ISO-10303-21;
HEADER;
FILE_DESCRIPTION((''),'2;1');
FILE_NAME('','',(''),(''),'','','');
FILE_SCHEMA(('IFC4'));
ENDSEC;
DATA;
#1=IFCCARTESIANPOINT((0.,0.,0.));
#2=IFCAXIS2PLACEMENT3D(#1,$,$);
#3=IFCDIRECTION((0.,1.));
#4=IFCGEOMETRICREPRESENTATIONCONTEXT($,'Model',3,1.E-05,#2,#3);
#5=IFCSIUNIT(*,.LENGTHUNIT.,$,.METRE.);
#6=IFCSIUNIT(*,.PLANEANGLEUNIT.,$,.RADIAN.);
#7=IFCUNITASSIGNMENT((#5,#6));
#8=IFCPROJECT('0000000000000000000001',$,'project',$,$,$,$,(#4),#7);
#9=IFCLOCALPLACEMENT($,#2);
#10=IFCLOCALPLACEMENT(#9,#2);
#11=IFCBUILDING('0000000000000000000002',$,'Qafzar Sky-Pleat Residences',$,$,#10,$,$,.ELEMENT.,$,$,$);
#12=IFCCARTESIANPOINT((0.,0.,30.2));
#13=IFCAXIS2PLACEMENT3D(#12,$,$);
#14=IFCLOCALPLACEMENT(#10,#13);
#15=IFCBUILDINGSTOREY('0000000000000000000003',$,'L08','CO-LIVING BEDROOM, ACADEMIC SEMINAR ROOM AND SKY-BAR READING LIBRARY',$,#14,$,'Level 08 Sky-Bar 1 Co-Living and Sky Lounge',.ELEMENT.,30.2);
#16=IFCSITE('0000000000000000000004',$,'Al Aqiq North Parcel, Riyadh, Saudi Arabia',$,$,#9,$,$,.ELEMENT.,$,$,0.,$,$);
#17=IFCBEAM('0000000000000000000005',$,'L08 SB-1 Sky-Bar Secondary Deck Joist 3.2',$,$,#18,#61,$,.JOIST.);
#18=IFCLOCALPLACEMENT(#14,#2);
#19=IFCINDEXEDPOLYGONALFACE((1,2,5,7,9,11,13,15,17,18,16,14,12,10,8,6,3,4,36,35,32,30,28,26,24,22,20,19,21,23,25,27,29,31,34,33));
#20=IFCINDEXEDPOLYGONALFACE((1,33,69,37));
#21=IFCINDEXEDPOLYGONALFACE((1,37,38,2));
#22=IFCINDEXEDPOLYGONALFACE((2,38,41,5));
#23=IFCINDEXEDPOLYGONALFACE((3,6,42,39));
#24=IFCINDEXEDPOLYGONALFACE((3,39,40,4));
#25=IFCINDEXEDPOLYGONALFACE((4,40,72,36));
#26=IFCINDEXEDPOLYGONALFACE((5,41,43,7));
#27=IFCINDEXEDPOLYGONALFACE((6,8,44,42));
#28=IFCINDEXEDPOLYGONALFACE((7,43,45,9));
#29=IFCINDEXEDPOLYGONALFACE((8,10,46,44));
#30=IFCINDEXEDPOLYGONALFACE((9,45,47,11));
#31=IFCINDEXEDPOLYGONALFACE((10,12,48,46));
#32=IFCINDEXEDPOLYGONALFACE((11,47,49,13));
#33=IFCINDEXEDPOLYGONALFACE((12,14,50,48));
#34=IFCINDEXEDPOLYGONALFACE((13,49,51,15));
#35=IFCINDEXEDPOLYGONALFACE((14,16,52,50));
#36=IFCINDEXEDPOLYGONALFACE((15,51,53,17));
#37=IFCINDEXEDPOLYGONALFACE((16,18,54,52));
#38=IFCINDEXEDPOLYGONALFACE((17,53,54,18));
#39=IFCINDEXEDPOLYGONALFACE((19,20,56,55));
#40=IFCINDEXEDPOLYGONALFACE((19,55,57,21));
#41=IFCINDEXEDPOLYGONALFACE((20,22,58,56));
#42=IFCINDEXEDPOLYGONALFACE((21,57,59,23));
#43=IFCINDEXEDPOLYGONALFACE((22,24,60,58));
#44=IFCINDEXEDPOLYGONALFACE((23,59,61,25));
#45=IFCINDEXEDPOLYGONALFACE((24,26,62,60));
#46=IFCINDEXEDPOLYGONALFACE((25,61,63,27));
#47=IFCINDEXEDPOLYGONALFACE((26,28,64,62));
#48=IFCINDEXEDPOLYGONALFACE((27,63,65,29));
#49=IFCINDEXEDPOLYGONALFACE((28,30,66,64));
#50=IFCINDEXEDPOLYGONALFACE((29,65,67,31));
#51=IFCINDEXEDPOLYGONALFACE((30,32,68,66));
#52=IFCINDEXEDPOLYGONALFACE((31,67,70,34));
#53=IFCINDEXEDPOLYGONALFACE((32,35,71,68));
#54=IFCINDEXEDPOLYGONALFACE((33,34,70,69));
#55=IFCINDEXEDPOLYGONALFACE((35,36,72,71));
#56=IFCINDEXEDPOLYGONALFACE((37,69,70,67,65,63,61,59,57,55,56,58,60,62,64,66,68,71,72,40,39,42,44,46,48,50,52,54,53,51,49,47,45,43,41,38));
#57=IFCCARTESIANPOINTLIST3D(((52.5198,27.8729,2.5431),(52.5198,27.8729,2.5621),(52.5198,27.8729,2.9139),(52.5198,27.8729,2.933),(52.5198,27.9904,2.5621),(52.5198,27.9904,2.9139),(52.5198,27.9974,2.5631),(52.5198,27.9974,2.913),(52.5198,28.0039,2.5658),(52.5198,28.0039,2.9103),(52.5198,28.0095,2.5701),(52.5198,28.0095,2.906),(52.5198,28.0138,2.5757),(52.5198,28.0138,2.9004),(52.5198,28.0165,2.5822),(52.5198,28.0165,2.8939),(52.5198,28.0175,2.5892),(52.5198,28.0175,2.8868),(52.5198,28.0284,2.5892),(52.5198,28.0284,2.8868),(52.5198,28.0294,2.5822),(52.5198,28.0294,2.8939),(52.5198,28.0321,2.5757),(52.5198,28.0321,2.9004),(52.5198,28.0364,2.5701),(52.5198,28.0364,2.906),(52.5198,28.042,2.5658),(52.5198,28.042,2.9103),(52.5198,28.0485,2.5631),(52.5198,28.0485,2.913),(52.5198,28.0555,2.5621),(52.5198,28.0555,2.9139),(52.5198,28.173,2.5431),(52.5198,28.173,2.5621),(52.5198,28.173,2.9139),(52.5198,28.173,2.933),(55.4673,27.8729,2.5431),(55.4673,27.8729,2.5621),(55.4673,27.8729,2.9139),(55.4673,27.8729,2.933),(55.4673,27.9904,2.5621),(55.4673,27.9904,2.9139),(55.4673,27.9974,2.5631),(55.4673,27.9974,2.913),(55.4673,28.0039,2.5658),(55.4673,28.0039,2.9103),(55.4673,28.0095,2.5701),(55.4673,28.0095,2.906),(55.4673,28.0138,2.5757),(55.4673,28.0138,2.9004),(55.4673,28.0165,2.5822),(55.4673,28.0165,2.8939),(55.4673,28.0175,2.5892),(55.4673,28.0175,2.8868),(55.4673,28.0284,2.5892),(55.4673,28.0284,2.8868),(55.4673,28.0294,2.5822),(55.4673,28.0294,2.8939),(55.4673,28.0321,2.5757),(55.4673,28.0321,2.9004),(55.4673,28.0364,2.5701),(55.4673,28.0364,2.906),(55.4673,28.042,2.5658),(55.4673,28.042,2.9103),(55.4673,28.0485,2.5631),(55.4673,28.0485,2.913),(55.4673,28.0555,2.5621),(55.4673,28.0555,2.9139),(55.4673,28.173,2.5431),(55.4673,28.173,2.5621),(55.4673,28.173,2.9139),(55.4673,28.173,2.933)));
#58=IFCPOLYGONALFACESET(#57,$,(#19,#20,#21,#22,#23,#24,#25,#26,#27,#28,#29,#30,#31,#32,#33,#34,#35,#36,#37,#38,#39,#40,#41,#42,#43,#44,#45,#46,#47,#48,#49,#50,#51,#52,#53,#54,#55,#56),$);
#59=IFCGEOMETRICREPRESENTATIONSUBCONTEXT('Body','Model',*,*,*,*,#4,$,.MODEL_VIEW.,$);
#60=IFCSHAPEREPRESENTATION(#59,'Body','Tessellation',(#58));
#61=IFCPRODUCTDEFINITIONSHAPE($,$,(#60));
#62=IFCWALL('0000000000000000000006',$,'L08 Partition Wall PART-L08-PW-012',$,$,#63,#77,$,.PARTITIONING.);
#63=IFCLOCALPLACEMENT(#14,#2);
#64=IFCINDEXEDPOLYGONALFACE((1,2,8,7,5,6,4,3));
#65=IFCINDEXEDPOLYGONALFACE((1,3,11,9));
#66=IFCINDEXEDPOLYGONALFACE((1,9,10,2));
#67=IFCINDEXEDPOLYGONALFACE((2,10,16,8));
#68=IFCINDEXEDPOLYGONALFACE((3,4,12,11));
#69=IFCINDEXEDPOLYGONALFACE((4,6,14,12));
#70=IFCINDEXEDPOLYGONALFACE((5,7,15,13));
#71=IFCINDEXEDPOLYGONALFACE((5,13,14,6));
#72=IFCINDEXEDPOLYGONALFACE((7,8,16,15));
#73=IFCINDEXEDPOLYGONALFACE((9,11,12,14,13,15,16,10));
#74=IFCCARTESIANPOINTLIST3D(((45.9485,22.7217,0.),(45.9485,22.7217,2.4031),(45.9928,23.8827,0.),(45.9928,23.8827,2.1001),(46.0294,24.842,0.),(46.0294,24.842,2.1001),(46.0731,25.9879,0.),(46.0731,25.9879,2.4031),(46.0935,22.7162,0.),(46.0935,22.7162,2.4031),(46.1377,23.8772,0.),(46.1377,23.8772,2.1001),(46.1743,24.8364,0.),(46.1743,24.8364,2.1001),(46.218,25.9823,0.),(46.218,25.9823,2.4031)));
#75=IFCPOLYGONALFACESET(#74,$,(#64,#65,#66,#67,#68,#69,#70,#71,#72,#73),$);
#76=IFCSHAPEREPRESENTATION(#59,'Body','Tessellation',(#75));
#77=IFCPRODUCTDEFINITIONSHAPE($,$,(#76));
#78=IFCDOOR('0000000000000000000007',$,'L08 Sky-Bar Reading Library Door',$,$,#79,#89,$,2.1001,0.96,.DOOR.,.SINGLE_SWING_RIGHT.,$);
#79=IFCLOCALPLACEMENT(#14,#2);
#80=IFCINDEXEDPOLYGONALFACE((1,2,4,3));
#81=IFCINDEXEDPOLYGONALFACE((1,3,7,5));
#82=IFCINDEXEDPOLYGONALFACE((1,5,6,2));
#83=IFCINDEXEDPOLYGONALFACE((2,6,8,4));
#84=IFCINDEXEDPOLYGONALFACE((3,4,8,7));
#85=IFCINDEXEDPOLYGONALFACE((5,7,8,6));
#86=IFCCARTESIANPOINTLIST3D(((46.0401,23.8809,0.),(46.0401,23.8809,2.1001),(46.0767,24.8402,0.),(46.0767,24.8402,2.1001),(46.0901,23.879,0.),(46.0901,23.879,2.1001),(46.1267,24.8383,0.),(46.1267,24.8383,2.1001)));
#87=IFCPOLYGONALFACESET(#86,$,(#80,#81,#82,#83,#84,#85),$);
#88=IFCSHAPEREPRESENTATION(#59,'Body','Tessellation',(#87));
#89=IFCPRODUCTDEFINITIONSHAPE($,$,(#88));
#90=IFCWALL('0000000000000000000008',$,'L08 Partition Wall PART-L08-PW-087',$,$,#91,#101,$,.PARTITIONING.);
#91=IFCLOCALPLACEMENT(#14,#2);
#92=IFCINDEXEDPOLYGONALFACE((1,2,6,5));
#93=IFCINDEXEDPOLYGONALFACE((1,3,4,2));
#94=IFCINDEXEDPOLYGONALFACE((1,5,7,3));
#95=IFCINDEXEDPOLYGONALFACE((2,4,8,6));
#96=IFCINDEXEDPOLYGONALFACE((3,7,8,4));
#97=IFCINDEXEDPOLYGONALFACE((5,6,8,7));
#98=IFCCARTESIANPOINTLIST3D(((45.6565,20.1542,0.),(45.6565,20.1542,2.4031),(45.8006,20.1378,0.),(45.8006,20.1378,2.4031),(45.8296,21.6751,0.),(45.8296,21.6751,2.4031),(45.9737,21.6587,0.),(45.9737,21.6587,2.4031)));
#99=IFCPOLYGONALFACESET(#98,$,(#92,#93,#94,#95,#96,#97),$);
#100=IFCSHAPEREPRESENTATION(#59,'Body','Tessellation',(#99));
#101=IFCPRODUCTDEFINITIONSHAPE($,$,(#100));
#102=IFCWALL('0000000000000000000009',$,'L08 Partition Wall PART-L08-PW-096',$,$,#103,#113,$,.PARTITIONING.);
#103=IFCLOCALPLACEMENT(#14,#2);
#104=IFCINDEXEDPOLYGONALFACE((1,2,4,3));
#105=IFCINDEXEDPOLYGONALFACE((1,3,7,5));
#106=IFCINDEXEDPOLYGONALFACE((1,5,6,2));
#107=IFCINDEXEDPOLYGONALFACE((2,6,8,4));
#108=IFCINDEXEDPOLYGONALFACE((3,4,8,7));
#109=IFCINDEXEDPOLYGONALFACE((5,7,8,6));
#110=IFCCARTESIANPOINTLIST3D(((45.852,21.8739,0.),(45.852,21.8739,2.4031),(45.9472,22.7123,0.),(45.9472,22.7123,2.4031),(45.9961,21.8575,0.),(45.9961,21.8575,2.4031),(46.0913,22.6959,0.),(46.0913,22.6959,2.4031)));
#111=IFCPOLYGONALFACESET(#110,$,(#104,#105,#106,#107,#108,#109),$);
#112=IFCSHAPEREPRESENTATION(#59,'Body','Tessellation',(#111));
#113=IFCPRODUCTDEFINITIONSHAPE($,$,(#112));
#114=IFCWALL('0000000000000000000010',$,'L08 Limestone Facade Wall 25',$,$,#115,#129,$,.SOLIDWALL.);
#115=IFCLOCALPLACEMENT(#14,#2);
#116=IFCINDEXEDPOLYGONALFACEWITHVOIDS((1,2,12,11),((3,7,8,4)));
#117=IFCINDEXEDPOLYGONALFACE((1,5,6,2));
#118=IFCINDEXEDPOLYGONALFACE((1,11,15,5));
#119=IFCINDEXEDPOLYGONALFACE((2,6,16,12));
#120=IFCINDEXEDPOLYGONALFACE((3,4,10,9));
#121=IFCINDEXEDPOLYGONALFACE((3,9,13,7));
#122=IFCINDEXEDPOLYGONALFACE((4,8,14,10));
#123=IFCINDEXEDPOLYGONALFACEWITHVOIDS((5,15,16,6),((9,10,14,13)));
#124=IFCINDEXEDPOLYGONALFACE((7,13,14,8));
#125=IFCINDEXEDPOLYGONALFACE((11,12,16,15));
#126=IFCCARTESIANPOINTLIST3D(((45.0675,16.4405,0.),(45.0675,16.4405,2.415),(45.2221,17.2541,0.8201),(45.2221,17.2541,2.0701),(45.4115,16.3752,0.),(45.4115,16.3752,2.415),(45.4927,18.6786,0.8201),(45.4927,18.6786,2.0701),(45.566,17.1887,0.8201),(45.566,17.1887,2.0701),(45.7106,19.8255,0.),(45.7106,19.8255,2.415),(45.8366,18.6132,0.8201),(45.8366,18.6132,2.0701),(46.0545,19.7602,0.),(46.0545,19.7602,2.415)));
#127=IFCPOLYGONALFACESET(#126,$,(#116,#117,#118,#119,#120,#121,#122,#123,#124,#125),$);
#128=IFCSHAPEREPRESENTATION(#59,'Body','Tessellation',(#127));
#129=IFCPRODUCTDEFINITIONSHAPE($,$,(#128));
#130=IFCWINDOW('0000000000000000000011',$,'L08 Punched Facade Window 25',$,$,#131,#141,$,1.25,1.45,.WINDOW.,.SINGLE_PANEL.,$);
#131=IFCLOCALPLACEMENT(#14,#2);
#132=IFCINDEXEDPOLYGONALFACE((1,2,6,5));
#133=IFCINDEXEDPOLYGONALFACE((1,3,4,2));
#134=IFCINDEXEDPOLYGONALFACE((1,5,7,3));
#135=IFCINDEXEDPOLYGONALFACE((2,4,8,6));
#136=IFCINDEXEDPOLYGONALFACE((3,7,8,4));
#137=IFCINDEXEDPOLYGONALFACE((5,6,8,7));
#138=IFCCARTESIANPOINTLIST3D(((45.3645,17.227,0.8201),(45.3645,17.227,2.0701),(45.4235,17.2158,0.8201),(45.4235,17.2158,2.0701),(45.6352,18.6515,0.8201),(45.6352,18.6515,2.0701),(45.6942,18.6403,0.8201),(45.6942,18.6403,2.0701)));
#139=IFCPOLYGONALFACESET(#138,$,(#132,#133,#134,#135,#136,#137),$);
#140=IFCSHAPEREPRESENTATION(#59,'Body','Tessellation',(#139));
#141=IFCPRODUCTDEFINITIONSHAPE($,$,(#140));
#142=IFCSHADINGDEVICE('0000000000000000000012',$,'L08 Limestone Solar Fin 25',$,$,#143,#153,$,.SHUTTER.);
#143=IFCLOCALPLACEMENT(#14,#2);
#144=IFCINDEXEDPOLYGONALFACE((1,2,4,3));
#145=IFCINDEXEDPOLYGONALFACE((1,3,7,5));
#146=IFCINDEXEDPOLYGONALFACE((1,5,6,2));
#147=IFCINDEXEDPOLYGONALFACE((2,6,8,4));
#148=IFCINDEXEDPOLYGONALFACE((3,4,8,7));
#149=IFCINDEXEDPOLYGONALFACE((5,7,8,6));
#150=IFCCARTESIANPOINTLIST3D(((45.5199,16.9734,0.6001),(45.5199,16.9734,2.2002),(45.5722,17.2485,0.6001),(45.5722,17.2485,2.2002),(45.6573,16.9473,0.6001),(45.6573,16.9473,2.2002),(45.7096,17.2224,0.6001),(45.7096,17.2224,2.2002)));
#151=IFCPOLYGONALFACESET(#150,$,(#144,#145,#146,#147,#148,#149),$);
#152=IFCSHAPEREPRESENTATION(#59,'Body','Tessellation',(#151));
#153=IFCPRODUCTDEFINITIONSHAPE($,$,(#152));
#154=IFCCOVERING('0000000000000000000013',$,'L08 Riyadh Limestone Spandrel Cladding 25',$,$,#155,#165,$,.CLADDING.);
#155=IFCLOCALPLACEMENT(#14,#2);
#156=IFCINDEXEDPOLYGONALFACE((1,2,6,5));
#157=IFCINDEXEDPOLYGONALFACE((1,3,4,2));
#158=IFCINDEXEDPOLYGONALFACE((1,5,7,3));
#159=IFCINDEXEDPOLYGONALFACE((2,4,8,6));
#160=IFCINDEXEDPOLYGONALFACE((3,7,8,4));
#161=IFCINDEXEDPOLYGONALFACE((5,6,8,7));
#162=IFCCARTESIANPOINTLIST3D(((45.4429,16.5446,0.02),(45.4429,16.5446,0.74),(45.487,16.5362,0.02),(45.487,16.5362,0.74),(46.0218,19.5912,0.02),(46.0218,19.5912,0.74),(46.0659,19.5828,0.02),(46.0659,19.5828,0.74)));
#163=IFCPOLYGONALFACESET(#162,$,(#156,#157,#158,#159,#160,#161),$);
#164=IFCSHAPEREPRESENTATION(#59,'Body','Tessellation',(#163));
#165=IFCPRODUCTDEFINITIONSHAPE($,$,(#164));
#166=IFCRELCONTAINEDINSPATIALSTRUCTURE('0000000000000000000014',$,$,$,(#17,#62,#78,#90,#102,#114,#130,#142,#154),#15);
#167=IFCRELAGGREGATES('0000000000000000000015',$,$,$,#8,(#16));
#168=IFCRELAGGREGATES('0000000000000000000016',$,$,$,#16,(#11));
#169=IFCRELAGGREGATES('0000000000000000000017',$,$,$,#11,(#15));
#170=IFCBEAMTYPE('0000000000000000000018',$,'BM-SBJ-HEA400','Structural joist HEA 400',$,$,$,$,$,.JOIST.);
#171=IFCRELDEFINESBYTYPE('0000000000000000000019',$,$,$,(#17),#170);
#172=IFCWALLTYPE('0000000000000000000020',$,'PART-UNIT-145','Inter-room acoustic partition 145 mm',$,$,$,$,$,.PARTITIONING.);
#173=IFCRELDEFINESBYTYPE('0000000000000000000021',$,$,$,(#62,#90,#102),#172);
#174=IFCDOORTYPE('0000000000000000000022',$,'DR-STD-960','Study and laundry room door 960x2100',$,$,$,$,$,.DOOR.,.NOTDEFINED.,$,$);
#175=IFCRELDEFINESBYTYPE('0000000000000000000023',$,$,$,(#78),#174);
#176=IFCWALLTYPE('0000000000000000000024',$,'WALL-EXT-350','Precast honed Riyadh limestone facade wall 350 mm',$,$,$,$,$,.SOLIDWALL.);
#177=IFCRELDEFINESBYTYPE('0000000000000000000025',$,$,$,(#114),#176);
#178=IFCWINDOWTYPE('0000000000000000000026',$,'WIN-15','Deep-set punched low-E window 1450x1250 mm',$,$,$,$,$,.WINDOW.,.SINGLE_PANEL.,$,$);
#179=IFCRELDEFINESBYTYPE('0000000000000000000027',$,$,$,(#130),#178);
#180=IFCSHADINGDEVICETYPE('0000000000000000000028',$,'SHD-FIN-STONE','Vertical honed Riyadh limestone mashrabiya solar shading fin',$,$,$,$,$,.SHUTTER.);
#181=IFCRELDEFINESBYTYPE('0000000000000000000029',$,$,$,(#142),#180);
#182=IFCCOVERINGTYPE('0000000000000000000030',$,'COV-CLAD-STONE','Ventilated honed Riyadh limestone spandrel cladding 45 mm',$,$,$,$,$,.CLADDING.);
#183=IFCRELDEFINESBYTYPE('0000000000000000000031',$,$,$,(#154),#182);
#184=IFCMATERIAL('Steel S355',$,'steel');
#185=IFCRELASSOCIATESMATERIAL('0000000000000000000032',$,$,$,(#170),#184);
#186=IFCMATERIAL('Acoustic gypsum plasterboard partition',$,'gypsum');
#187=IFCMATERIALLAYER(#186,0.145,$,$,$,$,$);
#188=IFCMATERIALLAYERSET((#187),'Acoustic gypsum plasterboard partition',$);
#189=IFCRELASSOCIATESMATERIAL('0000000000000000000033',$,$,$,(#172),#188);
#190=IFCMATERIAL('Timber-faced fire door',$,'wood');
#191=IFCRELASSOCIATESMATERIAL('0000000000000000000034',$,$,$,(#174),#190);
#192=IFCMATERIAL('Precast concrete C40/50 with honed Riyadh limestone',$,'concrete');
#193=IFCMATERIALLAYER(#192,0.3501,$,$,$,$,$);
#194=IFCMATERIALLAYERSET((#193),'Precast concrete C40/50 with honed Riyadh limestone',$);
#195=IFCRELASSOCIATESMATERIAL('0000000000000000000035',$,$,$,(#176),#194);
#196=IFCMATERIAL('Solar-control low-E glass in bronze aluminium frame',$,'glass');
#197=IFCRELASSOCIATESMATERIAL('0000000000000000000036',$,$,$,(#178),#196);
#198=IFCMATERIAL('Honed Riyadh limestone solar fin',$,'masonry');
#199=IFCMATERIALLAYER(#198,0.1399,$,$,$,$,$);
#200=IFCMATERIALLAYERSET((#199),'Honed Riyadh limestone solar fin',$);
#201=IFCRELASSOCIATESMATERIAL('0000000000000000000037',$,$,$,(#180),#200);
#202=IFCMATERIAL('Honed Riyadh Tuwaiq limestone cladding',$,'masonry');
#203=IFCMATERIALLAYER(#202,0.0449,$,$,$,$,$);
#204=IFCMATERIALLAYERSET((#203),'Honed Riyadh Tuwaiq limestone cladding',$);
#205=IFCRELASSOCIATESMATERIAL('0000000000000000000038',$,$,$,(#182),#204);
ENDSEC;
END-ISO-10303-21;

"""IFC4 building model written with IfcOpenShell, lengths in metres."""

from ifc_helpers import new_model, si_unit, direction, frame, frame_2d, origin, origin_2d, place, context, subcontext, project, spatial, rectangle, i_section, extrude, source, transform, mapped, material, layer, layer_set, material_profile, profile_set, type_object, element, fill, save


model = new_model("IFC4")

# Units and contexts
model_context = context("Model", 3, precision=1e-05, world=origin(), true_north=direction((0.0, 1.0)))
body_context = subcontext(model_context, "Body", "Model", "MODEL_VIEW")
ifc_project = project(units=[si_unit("LENGTHUNIT", "METRE"), si_unit("PLANEANGLEUNIT", "RADIAN")], contexts=[model_context])

# Site, building, storey
site_placement = place(None, origin())
site = spatial("IfcSite", under=ifc_project, at=site_placement, Name="Al Aqiq North Parcel, Riyadh, Saudi Arabia", CompositionType="ELEMENT", RefElevation=0.0)
building_placement = place(site_placement, origin())
building = spatial("IfcBuilding", under=site, at=building_placement, Name="Qafzar Sky-Pleat Residences", CompositionType="ELEMENT")
storey_placement = place(building_placement, frame((0.0, 0.0, 30.2)))
storey = spatial("IfcBuildingStorey", under=building, at=storey_placement, Name="L08", Description="CO-LIVING BEDROOM, ACADEMIC SEMINAR ROOM AND SKY-BAR READING LIBRARY", LongName="Level 08 Sky-Bar 1 Co-Living and Sky Lounge", CompositionType="ELEMENT", Elevation=30.2)

# Shared definitions
ifc_material_1 = material(Name="Steel S355", Category="steel")

# Beam
ifc_material_profile_1 = material_profile(ifc_material_1, i_section(OverallWidth=0.3, OverallDepth=0.3899, WebThickness=0.011, FlangeThickness=0.019, FilletRadius=0.0271, at=origin_2d()), Name="HEA 400")
ifc_profile_set_1 = profile_set([ifc_material_profile_1], Name="Steel S355")
beam_type_1 = type_object("IfcBeamType", Name="BM-SBJ-HEA400", Description="Structural joist HEA 400", PredefinedType="JOIST", material=ifc_profile_set_1)
shared_shape_1 = source(origin(), body_context, "Body", "SweptSolid", [
    extrude(i_section(OverallWidth=0.3, OverallDepth=0.3899, WebThickness=0.011, FlangeThickness=0.019, FilletRadius=0.0271, at=origin_2d()), origin(), (0.0, 0.0, 1.0), 2.9475),
])
for number, where, z_axis, x_axis, name in (
    (1, (52.5198, 28.0229, 2.738), (1.0, 0.0, 0.0), (0.0, 1.0, 0.0), "L08 SB-1 Sky-Bar Secondary Deck Joist 3.2"),
):
    element("IfcBeam", number, at=place(storey_placement, frame(where, z_axis=z_axis, x_axis=x_axis)), inside=storey, type_object=beam_type_1, Name=name, PredefinedType="JOIST", context=body_context, shape_type="MappedRepresentation", body=[
        mapped(shared_shape_1, transform((0.0, 0.0, 0.0), x_axis=(1.0, 0.0, 0.0), y_axis=(0.0, 1.0, 0.0), z_axis=(0.0, 0.0, 1.0), scale=1.0)),
    ])

# Wall, opening, door
ifc_material_2 = material(Name="Acoustic gypsum plasterboard partition", Category="gypsum")
ifc_layer_1 = layer(ifc_material_2, 0.145)
ifc_layer_set_1 = layer_set([ifc_layer_1], Name="Acoustic gypsum plasterboard partition")
wall_type_1 = type_object("IfcWallType", Name="PART-UNIT-145", Description="Inter-room acoustic partition 145 mm", PredefinedType="PARTITIONING", material=ifc_layer_set_1)
wall_1_placement = place(storey_placement, frame((46.1455, 25.9851, 0.0), z_axis=(0.0, 0.0, 1.0), x_axis=(-0.038095, -0.999274, 0.0)))
wall_1 = element("IfcWall", 2, at=wall_1_placement, inside=storey, type_object=wall_type_1, Name="L08 Partition Wall PART-L08-PW-012", PredefinedType="PARTITIONING", context=body_context, shape_type="SweptSolid", body=[
    extrude(rectangle(XDim=3.2686, YDim=0.145, at=frame_2d((1.6343, 0.0))), origin(), (0.0, 0.0, 1.0), 2.4031),
])
opening_1_placement = place(wall_1_placement, frame((1.1467, 0.0, 0.0)))
opening_1 = element("IfcOpeningElement", 3, at=opening_1_placement, cuts=wall_1, PredefinedType="OPENING", context=body_context, shape_type="SweptSolid", body=[
    extrude(rectangle(XDim=0.96, YDim=2.1001, at=frame_2d((0.48, 1.05))), frame((0.0, 0.0825, 0.0), z_axis=(0.0, -1.0, 0.0), x_axis=(1.0, 0.0, 0.0)), (0.0, 0.0, 1.0), 0.165),
])
ifc_material_3 = material(Name="Timber-faced fire door", Category="wood")
door_type = type_object("IfcDoorType", Name="DR-STD-960", Description="Study and laundry room door 960x2100", OperationType="NOTDEFINED", PredefinedType="DOOR", material=ifc_material_3)
shared_shape_2 = source(origin(), body_context, "Body", "SweptSolid", [
    extrude(rectangle(XDim=0.96, YDim=2.1001, at=frame_2d((0.48, 1.05))), frame((0.0, 0.0249, 0.0), z_axis=(0.0, -1.0, 0.0), x_axis=(1.0, 0.0, 0.0)), (0.0, 0.0, 1.0), 0.05),
])
door_placement = place(opening_1_placement, origin())
door = element("IfcDoor", 4, at=door_placement, inside=storey, type_object=door_type, Name="L08 Sky-Bar Reading Library Door", OperationType="SINGLE_SWING_RIGHT", OverallHeight=2.1001, OverallWidth=0.96, PredefinedType="DOOR", context=body_context, shape_type="MappedRepresentation", body=[
    mapped(shared_shape_2, transform((0.0, 0.0, 0.0), x_axis=(1.0, 0.0, 0.0), y_axis=(0.0, 1.0, 0.0), z_axis=(0.0, 0.0, 1.0), scale=1.0)),
])
fill(opening_1, door)

# Walls
wall_2_placement = place(storey_placement, frame((45.7285, 20.146, 0.0), z_axis=(0.0, 0.0, 1.0), x_axis=(0.113074, 0.993587, 0.0)))
element("IfcWall", 5, at=wall_2_placement, inside=storey, type_object=wall_type_1, Name="L08 Partition Wall PART-L08-PW-087", PredefinedType="PARTITIONING", context=body_context, shape_type="SweptSolid", body=[
    extrude(rectangle(XDim=1.5308, YDim=0.145, at=frame_2d((0.7654, 0.0))), origin(), (0.0, 0.0, 1.0), 2.4031),
])
wall_3_placement = place(storey_placement, frame((45.9241, 21.8657, 0.0), z_axis=(0.0, 0.0, 1.0), x_axis=(0.112845, 0.993613, 0.0)))
element("IfcWall", 6, at=wall_3_placement, inside=storey, type_object=wall_type_1, Name="L08 Partition Wall PART-L08-PW-096", PredefinedType="PARTITIONING", context=body_context, shape_type="SweptSolid", body=[
    extrude(rectangle(XDim=0.8438, YDim=0.145, at=frame_2d((0.4219, 0.0))), origin(), (0.0, 0.0, 1.0), 2.4031),
])

# Wall, opening, window
ifc_material_4 = material(Name="Precast concrete C40/50 with honed Riyadh limestone", Category="concrete")
ifc_layer_2 = layer(ifc_material_4, 0.3501)
ifc_layer_set_2 = layer_set([ifc_layer_2], Name="Precast concrete C40/50 with honed Riyadh limestone")
wall_type_2 = type_object("IfcWallType", Name="WALL-EXT-350", Description="Precast honed Riyadh limestone facade wall 350 mm", PredefinedType="SOLIDWALL", material=ifc_layer_set_2)
wall_4_placement = place(storey_placement, frame((45.2395, 16.408, 0.0), z_axis=(0.0, 0.0, 1.0), x_axis=(0.186637, 0.982429, 0.0)))
wall_4 = element("IfcWall", 7, at=wall_4_placement, inside=storey, type_object=wall_type_2, Name="L08 Limestone Facade Wall 25", PredefinedType="SOLIDWALL", context=body_context, shape_type="SweptSolid", body=[
    extrude(rectangle(XDim=3.4456, YDim=0.3501, at=frame_2d((1.7227, 0.0))), origin(), (0.0, 0.0, 1.0), 2.415),
])
opening_2_placement = place(wall_4_placement, frame((0.8279, 0.0, 0.8201)))
opening_2 = element("IfcOpeningElement", 8, at=opening_2_placement, cuts=wall_4, PredefinedType="OPENING", context=body_context, shape_type="SweptSolid", body=[
    extrude(rectangle(XDim=1.45, YDim=1.25, at=frame_2d((0.7251, 0.625))), frame((0.0, 0.1851, 0.0), z_axis=(0.0, -1.0, 0.0), x_axis=(1.0, 0.0, 0.0)), (0.0, 0.0, 1.0), 0.3701),
])
ifc_material_5 = material(Name="Solar-control low-E glass in bronze aluminium frame", Category="glass")
window_type = type_object("IfcWindowType", Name="WIN-15", Description="Deep-set punched low-E window 1450x1250 mm", PartitioningType="SINGLE_PANEL", PredefinedType="WINDOW", material=ifc_material_5)
shared_shape_3 = source(origin(), body_context, "Body", "SweptSolid", [
    extrude(rectangle(XDim=1.45, YDim=1.25, at=frame_2d((0.7251, 0.625))), frame((0.0, 0.03, 0.0), z_axis=(0.0, -1.0, 0.0), x_axis=(1.0, 0.0, 0.0)), (0.0, 0.0, 1.0), 0.0601),
])
window_placement = place(opening_2_placement, origin())
window = element("IfcWindow", 9, at=window_placement, inside=storey, type_object=window_type, Name="L08 Punched Facade Window 25", OverallHeight=1.25, OverallWidth=1.45, PartitioningType="SINGLE_PANEL", PredefinedType="WINDOW", context=body_context, shape_type="MappedRepresentation", body=[
    mapped(shared_shape_3, transform((0.0, 0.0, 0.0), x_axis=(1.0, 0.0, 0.0), y_axis=(0.0, 1.0, 0.0), z_axis=(0.0, 0.0, 1.0), scale=1.0)),
])
fill(opening_2, window)

# Shading device
ifc_material_6 = material(Name="Honed Riyadh limestone solar fin", Category="masonry")
ifc_layer_3 = layer(ifc_material_6, 0.1399)
ifc_layer_set_3 = layer_set([ifc_layer_3], Name="Honed Riyadh limestone solar fin")
shading_device_type = type_object("IfcShadingDeviceType", Name="SHD-FIN-STONE", Description="Vertical honed Riyadh limestone mashrabiya solar shading fin", PredefinedType="SHUTTER", material=ifc_layer_set_3)
shared_shape_4 = source(origin(), body_context, "Body", "SweptSolid", [
    extrude(rectangle(XDim=0.1399, YDim=0.28, at=origin_2d()), origin(), (0.0, 0.0, 1.0), 1.6001),
])
shading_device_placement = place(storey_placement, frame((45.6147, 17.0979, 0.6001), z_axis=(0.0, 0.0, 1.0), x_axis=(0.982421, -0.186679, 0.0)))
element("IfcShadingDevice", 10, at=shading_device_placement, inside=storey, type_object=shading_device_type, Name="L08 Limestone Solar Fin 25", PredefinedType="SHUTTER", context=body_context, shape_type="MappedRepresentation", body=[
    mapped(shared_shape_4, transform((0.0, 0.0, 0.0), x_axis=(1.0, 0.0, 0.0), y_axis=(0.0, 1.0, 0.0), z_axis=(0.0, 0.0, 1.0), scale=1.0)),
])

# Covering
ifc_material_7 = material(Name="Honed Riyadh Tuwaiq limestone cladding", Category="masonry")
ifc_layer_4 = layer(ifc_material_7, 0.0449)
ifc_layer_set_4 = layer_set([ifc_layer_4], Name="Honed Riyadh Tuwaiq limestone cladding")
covering_type = type_object("IfcCoveringType", Name="COV-CLAD-STONE", Description="Ventilated honed Riyadh limestone spandrel cladding 45 mm", PredefinedType="CLADDING", material=ifc_layer_set_4)
shared_shape_5 = source(origin(), body_context, "Body", "SweptSolid", [
    extrude(rectangle(XDim=3.1011, YDim=0.0449, at=origin_2d()), origin(), (0.0, 0.0, 1.0), 0.72),
])
covering_placement = place(storey_placement, frame((45.7544, 18.0637, 0.02), z_axis=(0.0, 0.0, 1.0), x_axis=(0.186669, 0.982423, 0.0)))
element("IfcCovering", 11, at=covering_placement, inside=storey, type_object=covering_type, Name="L08 Riyadh Limestone Spandrel Cladding 25", PredefinedType="CLADDING", context=body_context, shape_type="MappedRepresentation", body=[
    mapped(shared_shape_5, transform((0.0, 0.0, 0.0), x_axis=(1.0, 0.0, 0.0), y_axis=(0.0, 1.0, 0.0), z_axis=(0.0, 0.0, 1.0), scale=1.0)),
])

save(model, "model.ifc")
